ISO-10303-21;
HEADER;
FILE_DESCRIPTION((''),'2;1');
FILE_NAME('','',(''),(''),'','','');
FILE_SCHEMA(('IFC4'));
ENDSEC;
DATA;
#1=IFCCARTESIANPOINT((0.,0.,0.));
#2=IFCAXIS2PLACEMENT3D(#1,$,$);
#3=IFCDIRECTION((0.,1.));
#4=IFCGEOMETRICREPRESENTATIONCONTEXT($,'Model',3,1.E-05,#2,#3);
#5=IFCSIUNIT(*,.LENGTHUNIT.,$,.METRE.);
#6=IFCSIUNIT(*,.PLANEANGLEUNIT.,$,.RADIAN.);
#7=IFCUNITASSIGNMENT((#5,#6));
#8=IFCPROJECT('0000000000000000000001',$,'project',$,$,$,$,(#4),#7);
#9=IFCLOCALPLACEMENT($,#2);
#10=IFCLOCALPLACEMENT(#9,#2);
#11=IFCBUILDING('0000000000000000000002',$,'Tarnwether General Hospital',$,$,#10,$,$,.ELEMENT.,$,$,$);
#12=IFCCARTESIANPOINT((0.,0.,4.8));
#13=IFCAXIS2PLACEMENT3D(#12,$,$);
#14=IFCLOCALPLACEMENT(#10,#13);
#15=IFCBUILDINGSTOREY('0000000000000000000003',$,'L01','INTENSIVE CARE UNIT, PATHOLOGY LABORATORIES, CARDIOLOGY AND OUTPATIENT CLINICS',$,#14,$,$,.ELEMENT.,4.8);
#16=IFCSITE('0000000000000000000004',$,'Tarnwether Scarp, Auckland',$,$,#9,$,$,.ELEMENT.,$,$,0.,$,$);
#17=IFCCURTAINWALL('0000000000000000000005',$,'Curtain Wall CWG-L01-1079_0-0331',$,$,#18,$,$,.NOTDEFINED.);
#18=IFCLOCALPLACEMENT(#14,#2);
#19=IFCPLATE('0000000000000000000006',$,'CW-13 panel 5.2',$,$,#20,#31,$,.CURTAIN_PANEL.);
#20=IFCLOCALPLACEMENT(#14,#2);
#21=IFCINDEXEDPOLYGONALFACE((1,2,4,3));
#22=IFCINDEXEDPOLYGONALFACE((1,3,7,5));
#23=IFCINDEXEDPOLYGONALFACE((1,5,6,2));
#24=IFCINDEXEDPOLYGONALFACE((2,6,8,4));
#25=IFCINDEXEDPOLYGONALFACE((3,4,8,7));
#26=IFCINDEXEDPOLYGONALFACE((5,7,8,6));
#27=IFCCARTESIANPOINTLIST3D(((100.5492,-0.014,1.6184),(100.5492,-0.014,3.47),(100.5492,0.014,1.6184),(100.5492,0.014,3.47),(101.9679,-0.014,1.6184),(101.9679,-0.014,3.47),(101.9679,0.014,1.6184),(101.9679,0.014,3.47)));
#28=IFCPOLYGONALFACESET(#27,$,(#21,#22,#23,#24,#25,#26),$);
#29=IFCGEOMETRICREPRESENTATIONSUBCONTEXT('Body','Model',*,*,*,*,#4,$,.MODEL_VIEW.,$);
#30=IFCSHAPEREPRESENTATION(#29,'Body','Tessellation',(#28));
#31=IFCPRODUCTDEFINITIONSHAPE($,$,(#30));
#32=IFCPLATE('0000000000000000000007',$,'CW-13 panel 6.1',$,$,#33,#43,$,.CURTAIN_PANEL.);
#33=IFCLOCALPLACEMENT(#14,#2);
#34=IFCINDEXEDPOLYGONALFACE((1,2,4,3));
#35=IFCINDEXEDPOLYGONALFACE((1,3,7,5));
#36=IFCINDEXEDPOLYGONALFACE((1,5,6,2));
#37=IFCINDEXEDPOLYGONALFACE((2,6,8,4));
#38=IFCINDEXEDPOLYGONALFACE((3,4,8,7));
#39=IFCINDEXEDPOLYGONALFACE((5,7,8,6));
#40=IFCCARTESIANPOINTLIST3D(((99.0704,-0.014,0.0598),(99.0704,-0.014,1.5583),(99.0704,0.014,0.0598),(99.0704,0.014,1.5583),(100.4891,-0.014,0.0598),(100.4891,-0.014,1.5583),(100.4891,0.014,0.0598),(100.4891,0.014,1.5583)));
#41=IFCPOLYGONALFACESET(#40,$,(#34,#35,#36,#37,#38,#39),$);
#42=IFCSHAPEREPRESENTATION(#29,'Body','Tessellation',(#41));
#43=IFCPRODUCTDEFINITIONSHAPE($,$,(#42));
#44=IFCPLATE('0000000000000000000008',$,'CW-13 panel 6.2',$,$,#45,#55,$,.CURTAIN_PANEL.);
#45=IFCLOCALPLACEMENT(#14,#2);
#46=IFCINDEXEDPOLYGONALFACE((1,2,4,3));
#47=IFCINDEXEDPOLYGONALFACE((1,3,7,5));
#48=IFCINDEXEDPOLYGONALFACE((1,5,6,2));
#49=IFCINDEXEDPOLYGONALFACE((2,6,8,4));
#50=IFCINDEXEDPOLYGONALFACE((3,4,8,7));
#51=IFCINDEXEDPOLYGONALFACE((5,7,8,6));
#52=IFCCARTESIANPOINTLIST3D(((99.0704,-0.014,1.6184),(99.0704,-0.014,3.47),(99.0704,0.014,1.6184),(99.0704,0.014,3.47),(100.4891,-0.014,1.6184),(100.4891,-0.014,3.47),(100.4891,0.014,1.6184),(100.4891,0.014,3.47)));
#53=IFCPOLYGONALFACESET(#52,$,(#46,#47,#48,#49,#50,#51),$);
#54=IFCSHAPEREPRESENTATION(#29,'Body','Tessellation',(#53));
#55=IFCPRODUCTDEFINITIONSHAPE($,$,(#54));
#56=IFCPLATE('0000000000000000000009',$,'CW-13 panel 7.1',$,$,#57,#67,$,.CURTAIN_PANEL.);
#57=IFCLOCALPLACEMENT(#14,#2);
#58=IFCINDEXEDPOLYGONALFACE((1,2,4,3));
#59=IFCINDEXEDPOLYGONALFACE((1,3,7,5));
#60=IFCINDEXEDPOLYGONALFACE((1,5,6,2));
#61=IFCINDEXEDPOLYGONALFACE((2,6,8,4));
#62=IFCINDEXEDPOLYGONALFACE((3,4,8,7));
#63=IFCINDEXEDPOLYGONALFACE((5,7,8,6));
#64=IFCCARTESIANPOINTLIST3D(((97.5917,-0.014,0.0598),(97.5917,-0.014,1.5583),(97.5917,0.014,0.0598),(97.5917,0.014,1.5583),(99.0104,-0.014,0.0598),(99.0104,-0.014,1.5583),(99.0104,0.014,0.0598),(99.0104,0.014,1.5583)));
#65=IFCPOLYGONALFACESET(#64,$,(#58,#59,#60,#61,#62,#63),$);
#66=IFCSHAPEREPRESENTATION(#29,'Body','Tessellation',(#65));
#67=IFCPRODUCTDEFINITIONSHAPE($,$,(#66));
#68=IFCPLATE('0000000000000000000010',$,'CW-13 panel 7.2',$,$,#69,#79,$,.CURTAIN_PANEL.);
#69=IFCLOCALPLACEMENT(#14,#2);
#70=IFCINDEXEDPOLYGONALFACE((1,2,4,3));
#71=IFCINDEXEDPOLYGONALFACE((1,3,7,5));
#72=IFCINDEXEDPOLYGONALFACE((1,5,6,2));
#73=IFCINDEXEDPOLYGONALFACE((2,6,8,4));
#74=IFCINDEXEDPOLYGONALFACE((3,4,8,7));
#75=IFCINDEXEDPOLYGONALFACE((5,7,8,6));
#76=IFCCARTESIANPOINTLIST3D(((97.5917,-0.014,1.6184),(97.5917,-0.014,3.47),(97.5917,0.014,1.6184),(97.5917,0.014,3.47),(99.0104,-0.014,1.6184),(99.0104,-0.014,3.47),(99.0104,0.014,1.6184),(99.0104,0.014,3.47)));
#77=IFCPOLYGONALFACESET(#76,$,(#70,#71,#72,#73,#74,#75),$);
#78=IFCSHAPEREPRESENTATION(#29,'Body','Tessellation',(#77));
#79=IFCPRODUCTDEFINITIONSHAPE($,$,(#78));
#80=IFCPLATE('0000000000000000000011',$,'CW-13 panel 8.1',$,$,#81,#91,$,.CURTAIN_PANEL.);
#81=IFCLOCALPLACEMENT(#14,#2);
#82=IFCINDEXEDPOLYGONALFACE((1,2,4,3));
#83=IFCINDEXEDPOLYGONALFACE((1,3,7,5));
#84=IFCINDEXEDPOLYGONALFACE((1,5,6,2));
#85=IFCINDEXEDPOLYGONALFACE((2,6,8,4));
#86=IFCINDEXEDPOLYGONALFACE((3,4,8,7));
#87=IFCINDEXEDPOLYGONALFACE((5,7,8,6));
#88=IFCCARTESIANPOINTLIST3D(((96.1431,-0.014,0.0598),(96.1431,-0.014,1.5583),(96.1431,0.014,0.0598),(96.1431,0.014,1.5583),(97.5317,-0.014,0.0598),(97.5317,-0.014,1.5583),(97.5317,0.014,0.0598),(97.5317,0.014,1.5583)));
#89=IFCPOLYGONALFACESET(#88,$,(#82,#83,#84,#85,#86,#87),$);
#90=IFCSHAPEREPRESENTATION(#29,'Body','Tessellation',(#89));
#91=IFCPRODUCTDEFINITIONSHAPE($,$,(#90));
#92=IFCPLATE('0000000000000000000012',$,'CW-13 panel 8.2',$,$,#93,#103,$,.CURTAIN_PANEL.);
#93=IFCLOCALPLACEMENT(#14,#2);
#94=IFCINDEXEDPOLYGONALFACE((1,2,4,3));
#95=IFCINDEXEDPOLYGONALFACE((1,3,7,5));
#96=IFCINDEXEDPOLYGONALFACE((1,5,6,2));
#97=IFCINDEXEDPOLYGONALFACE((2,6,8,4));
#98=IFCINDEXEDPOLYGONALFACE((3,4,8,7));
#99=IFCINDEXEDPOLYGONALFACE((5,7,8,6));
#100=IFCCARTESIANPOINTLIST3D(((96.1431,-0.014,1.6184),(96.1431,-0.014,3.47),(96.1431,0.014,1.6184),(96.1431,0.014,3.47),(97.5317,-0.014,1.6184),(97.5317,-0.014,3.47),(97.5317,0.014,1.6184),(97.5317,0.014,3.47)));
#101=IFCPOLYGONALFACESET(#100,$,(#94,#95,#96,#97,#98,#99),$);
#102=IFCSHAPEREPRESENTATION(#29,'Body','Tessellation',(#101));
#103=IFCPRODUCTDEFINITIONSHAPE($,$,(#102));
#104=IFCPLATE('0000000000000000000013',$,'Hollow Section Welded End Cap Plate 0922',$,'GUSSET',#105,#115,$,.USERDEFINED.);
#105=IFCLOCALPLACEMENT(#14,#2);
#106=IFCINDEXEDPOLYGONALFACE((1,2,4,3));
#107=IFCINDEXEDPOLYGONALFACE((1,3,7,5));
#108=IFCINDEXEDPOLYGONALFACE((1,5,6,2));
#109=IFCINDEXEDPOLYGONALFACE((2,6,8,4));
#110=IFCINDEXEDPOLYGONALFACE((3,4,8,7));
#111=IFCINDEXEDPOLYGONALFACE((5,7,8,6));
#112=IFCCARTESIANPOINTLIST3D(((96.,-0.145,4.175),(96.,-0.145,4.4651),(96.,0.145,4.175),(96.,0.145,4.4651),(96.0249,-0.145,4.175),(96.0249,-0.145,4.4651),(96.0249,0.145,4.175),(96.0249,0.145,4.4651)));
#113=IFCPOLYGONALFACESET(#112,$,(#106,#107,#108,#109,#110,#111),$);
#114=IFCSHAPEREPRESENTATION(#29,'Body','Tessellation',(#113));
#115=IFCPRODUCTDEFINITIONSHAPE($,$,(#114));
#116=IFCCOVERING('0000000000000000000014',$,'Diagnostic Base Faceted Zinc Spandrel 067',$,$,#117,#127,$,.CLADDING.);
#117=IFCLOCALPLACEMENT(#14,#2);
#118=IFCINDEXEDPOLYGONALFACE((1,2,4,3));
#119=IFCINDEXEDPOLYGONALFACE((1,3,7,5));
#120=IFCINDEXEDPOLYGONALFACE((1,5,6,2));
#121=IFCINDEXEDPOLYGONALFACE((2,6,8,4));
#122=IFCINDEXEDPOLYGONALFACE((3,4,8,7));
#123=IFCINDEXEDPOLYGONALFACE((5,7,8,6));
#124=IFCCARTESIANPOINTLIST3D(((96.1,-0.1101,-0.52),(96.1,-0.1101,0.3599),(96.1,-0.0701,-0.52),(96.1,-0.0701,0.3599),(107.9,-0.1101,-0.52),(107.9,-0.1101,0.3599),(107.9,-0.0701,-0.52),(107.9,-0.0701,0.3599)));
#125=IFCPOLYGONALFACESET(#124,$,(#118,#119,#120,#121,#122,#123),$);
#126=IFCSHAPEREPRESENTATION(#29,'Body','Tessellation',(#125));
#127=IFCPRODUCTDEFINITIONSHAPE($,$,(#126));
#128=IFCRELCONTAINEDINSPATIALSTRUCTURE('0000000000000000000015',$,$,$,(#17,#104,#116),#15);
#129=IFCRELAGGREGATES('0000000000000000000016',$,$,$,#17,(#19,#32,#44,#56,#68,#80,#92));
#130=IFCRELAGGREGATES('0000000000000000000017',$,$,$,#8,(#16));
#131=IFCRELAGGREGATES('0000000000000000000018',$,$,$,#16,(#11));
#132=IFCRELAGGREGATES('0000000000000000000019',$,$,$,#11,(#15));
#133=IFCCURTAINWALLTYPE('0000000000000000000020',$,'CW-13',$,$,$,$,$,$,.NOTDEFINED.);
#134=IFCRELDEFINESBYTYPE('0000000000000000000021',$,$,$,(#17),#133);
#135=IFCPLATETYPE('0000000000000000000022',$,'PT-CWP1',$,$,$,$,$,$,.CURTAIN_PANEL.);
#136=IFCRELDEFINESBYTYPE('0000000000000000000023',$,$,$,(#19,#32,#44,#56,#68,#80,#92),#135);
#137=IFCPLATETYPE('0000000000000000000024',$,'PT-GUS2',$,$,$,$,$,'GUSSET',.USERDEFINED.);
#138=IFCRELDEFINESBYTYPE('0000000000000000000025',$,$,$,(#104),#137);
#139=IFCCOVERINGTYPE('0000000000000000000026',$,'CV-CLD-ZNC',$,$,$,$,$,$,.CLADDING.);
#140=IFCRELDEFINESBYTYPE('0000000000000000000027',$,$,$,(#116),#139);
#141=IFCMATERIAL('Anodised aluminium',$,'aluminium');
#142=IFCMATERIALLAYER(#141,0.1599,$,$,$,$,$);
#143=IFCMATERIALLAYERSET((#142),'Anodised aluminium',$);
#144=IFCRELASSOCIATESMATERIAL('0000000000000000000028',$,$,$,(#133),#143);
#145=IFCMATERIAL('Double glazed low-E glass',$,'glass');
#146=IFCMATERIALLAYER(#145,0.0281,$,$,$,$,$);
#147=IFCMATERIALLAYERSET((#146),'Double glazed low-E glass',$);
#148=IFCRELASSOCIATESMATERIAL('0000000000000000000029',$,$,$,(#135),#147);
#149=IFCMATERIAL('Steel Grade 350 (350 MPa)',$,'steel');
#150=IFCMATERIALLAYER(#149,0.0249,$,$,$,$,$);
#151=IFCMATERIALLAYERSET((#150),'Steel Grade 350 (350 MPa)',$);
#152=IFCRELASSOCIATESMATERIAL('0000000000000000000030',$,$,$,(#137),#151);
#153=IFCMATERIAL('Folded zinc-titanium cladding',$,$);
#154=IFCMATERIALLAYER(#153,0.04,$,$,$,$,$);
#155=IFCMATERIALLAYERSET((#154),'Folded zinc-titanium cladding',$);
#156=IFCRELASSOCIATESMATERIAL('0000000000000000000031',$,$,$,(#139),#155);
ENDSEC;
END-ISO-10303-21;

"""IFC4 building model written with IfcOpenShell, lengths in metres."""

from ifc_helpers import new_model, si_unit, direction, frame, origin, origin_2d, place, context, subcontext, project, spatial, rectangle, extrude, material, layer, layer_set, type_object, element, aggregate, save


model = new_model("IFC4")

# Units and contexts
model_context = context("Model", 3, precision=1e-05, world=origin(), true_north=direction((0.0, 1.0)))
body_context = subcontext(model_context, "Body", "Model", "MODEL_VIEW")
ifc_project = project(units=[si_unit("LENGTHUNIT", "METRE"), si_unit("PLANEANGLEUNIT", "RADIAN")], contexts=[model_context])

# Site, building, storey
site_placement = place(None, origin())
site = spatial("IfcSite", under=ifc_project, at=site_placement, Name="Tarnwether Scarp, Auckland", CompositionType="ELEMENT", RefElevation=0.0)
building_placement = place(site_placement, origin())
building = spatial("IfcBuilding", under=site, at=building_placement, Name="Tarnwether General Hospital", CompositionType="ELEMENT")
storey_placement = place(building_placement, frame((0.0, 0.0, 4.8)))
storey = spatial("IfcBuildingStorey", under=building, at=storey_placement, Name="L01", Description="INTENSIVE CARE UNIT, PATHOLOGY LABORATORIES, CARDIOLOGY AND OUTPATIENT CLINICS", CompositionType="ELEMENT", Elevation=4.8)

# Curtain wall, plates
ifc_material_1 = material(Name="Anodised aluminium", Category="aluminium")
ifc_layer_1 = layer(ifc_material_1, 0.1599)
ifc_layer_set_1 = layer_set([ifc_layer_1], Name="Anodised aluminium")
curtain_wall_type = type_object("IfcCurtainWallType", Name="CW-13", PredefinedType="NOTDEFINED", material=ifc_layer_set_1)
curtain_wall_placement = place(storey_placement, origin())
curtain_wall = element("IfcCurtainWall", 1, at=curtain_wall_placement, inside=storey, type_object=curtain_wall_type, Name="Curtain Wall CWG-L01-1079_0-0331", PredefinedType="NOTDEFINED")
ifc_material_2 = material(Name="Double glazed low-E glass", Category="glass")
ifc_layer_2 = layer(ifc_material_2, 0.0281)
ifc_layer_set_2 = layer_set([ifc_layer_2], Name="Double glazed low-E glass")
plate_type_1 = type_object("IfcPlateType", Name="PT-CWP1", PredefinedType="CURTAIN_PANEL", material=ifc_layer_set_2)
plate_1_placement = place(storey_placement, frame((101.2585, 0.0, 1.6184), z_axis=(0.0, 0.0, 1.0), x_axis=(-1.0, 0.0, 0.0)))
plate_1 = element("IfcPlate", 2, at=plate_1_placement, type_object=plate_type_1, Name="CW-13 panel 5.2", PredefinedType="CURTAIN_PANEL", context=body_context, shape_type="SweptSolid", body=[
    extrude(rectangle(XDim=1.4187, YDim=0.0281, at=origin_2d()), origin(), (0.0, 0.0, 1.0), 1.8516),
])
plate_2_placement = place(storey_placement, frame((99.7798, 0.0, 0.0598), z_axis=(0.0, 0.0, 1.0), x_axis=(-1.0, 0.0, 0.0)))
plate_2 = element("IfcPlate", 3, at=plate_2_placement, type_object=plate_type_1, Name="CW-13 panel 6.1", PredefinedType="CURTAIN_PANEL", context=body_context, shape_type="SweptSolid", body=[
    extrude(rectangle(XDim=1.4187, YDim=0.0281, at=origin_2d()), origin(), (0.0, 0.0, 1.0), 1.4985),
])
plate_3_placement = place(storey_placement, frame((99.7798, 0.0, 1.6184), z_axis=(0.0, 0.0, 1.0), x_axis=(-1.0, 0.0, 0.0)))
plate_3 = element("IfcPlate", 4, at=plate_3_placement, type_object=plate_type_1, Name="CW-13 panel 6.2", PredefinedType="CURTAIN_PANEL", context=body_context, shape_type="SweptSolid", body=[
    extrude(rectangle(XDim=1.4187, YDim=0.0281, at=origin_2d()), origin(), (0.0, 0.0, 1.0), 1.8516),
])
plate_4_placement = place(storey_placement, frame((98.301, 0.0, 0.0598), z_axis=(0.0, 0.0, 1.0), x_axis=(-1.0, 0.0, 0.0)))
plate_4 = element("IfcPlate", 5, at=plate_4_placement, type_object=plate_type_1, Name="CW-13 panel 7.1", PredefinedType="CURTAIN_PANEL", context=body_context, shape_type="SweptSolid", body=[
    extrude(rectangle(XDim=1.4187, YDim=0.0281, at=origin_2d()), origin(), (0.0, 0.0, 1.0), 1.4985),
])
plate_5_placement = place(storey_placement, frame((98.301, 0.0, 1.6184), z_axis=(0.0, 0.0, 1.0), x_axis=(-1.0, 0.0, 0.0)))
plate_5 = element("IfcPlate", 6, at=plate_5_placement, type_object=plate_type_1, Name="CW-13 panel 7.2", PredefinedType="CURTAIN_PANEL", context=body_context, shape_type="SweptSolid", body=[
    extrude(rectangle(XDim=1.4187, YDim=0.0281, at=origin_2d()), origin(), (0.0, 0.0, 1.0), 1.8516),
])
plate_6_placement = place(storey_placement, frame((96.8374, 0.0, 0.0598), z_axis=(0.0, 0.0, 1.0), x_axis=(-1.0, 0.0, 0.0)))
plate_6 = element("IfcPlate", 7, at=plate_6_placement, type_object=plate_type_1, Name="CW-13 panel 8.1", PredefinedType="CURTAIN_PANEL", context=body_context, shape_type="SweptSolid", body=[
    extrude(rectangle(XDim=1.3887, YDim=0.0281, at=origin_2d()), origin(), (0.0, 0.0, 1.0), 1.4985),
])
plate_7_placement = place(storey_placement, frame((96.8374, 0.0, 1.6184), z_axis=(0.0, 0.0, 1.0), x_axis=(-1.0, 0.0, 0.0)))
plate_7 = element("IfcPlate", 8, at=plate_7_placement, type_object=plate_type_1, Name="CW-13 panel 8.2", PredefinedType="CURTAIN_PANEL", context=body_context, shape_type="SweptSolid", body=[
    extrude(rectangle(XDim=1.3887, YDim=0.0281, at=origin_2d()), origin(), (0.0, 0.0, 1.0), 1.8516),
])
aggregate(curtain_wall, [plate_1, plate_2, plate_3, plate_4, plate_5, plate_6, plate_7])

# Plate
ifc_material_3 = material(Name="Steel Grade 350 (350 MPa)", Category="steel")
ifc_layer_3 = layer(ifc_material_3, 0.0249)
ifc_layer_set_3 = layer_set([ifc_layer_3], Name="Steel Grade 350 (350 MPa)")
plate_type_2 = type_object("IfcPlateType", Name="PT-GUS2", ElementType="GUSSET", PredefinedType="USERDEFINED", material=ifc_layer_set_3)
plate_8_placement = place(storey_placement, frame((96.0125, 0.0, 4.175), z_axis=(0.0, 0.0, 1.0), x_axis=(1.0, 0.0, 0.0)))
element("IfcPlate", 9, at=plate_8_placement, inside=storey, type_object=plate_type_2, Name="Hollow Section Welded End Cap Plate 0922", ObjectType="GUSSET", PredefinedType="USERDEFINED", context=body_context, shape_type="SweptSolid", body=[
    extrude(rectangle(XDim=0.0249, YDim=0.29, at=origin_2d()), origin(), (0.0, 0.0, 1.0), 0.29),
])

# Covering
ifc_material_4 = material(Name="Folded zinc-titanium cladding")
ifc_layer_4 = layer(ifc_material_4, 0.04)
ifc_layer_set_4 = layer_set([ifc_layer_4], Name="Folded zinc-titanium cladding")
covering_type = type_object("IfcCoveringType", Name="CV-CLD-ZNC", PredefinedType="CLADDING", material=ifc_layer_set_4)
covering_placement = place(storey_placement, frame((102.0, -0.0901, -0.52), z_axis=(0.0, 0.0, 1.0), x_axis=(1.0, 0.0, 0.0)))
element("IfcCovering", 10, at=covering_placement, inside=storey, type_object=covering_type, Name="Diagnostic Base Faceted Zinc Spandrel 067", PredefinedType="CLADDING", context=body_context, shape_type="SweptSolid", body=[
    extrude(rectangle(XDim=11.8, YDim=0.04, at=origin_2d()), origin(), (0.0, 0.0, 1.0), 0.8799),
])

save(model, "model.ifc")
